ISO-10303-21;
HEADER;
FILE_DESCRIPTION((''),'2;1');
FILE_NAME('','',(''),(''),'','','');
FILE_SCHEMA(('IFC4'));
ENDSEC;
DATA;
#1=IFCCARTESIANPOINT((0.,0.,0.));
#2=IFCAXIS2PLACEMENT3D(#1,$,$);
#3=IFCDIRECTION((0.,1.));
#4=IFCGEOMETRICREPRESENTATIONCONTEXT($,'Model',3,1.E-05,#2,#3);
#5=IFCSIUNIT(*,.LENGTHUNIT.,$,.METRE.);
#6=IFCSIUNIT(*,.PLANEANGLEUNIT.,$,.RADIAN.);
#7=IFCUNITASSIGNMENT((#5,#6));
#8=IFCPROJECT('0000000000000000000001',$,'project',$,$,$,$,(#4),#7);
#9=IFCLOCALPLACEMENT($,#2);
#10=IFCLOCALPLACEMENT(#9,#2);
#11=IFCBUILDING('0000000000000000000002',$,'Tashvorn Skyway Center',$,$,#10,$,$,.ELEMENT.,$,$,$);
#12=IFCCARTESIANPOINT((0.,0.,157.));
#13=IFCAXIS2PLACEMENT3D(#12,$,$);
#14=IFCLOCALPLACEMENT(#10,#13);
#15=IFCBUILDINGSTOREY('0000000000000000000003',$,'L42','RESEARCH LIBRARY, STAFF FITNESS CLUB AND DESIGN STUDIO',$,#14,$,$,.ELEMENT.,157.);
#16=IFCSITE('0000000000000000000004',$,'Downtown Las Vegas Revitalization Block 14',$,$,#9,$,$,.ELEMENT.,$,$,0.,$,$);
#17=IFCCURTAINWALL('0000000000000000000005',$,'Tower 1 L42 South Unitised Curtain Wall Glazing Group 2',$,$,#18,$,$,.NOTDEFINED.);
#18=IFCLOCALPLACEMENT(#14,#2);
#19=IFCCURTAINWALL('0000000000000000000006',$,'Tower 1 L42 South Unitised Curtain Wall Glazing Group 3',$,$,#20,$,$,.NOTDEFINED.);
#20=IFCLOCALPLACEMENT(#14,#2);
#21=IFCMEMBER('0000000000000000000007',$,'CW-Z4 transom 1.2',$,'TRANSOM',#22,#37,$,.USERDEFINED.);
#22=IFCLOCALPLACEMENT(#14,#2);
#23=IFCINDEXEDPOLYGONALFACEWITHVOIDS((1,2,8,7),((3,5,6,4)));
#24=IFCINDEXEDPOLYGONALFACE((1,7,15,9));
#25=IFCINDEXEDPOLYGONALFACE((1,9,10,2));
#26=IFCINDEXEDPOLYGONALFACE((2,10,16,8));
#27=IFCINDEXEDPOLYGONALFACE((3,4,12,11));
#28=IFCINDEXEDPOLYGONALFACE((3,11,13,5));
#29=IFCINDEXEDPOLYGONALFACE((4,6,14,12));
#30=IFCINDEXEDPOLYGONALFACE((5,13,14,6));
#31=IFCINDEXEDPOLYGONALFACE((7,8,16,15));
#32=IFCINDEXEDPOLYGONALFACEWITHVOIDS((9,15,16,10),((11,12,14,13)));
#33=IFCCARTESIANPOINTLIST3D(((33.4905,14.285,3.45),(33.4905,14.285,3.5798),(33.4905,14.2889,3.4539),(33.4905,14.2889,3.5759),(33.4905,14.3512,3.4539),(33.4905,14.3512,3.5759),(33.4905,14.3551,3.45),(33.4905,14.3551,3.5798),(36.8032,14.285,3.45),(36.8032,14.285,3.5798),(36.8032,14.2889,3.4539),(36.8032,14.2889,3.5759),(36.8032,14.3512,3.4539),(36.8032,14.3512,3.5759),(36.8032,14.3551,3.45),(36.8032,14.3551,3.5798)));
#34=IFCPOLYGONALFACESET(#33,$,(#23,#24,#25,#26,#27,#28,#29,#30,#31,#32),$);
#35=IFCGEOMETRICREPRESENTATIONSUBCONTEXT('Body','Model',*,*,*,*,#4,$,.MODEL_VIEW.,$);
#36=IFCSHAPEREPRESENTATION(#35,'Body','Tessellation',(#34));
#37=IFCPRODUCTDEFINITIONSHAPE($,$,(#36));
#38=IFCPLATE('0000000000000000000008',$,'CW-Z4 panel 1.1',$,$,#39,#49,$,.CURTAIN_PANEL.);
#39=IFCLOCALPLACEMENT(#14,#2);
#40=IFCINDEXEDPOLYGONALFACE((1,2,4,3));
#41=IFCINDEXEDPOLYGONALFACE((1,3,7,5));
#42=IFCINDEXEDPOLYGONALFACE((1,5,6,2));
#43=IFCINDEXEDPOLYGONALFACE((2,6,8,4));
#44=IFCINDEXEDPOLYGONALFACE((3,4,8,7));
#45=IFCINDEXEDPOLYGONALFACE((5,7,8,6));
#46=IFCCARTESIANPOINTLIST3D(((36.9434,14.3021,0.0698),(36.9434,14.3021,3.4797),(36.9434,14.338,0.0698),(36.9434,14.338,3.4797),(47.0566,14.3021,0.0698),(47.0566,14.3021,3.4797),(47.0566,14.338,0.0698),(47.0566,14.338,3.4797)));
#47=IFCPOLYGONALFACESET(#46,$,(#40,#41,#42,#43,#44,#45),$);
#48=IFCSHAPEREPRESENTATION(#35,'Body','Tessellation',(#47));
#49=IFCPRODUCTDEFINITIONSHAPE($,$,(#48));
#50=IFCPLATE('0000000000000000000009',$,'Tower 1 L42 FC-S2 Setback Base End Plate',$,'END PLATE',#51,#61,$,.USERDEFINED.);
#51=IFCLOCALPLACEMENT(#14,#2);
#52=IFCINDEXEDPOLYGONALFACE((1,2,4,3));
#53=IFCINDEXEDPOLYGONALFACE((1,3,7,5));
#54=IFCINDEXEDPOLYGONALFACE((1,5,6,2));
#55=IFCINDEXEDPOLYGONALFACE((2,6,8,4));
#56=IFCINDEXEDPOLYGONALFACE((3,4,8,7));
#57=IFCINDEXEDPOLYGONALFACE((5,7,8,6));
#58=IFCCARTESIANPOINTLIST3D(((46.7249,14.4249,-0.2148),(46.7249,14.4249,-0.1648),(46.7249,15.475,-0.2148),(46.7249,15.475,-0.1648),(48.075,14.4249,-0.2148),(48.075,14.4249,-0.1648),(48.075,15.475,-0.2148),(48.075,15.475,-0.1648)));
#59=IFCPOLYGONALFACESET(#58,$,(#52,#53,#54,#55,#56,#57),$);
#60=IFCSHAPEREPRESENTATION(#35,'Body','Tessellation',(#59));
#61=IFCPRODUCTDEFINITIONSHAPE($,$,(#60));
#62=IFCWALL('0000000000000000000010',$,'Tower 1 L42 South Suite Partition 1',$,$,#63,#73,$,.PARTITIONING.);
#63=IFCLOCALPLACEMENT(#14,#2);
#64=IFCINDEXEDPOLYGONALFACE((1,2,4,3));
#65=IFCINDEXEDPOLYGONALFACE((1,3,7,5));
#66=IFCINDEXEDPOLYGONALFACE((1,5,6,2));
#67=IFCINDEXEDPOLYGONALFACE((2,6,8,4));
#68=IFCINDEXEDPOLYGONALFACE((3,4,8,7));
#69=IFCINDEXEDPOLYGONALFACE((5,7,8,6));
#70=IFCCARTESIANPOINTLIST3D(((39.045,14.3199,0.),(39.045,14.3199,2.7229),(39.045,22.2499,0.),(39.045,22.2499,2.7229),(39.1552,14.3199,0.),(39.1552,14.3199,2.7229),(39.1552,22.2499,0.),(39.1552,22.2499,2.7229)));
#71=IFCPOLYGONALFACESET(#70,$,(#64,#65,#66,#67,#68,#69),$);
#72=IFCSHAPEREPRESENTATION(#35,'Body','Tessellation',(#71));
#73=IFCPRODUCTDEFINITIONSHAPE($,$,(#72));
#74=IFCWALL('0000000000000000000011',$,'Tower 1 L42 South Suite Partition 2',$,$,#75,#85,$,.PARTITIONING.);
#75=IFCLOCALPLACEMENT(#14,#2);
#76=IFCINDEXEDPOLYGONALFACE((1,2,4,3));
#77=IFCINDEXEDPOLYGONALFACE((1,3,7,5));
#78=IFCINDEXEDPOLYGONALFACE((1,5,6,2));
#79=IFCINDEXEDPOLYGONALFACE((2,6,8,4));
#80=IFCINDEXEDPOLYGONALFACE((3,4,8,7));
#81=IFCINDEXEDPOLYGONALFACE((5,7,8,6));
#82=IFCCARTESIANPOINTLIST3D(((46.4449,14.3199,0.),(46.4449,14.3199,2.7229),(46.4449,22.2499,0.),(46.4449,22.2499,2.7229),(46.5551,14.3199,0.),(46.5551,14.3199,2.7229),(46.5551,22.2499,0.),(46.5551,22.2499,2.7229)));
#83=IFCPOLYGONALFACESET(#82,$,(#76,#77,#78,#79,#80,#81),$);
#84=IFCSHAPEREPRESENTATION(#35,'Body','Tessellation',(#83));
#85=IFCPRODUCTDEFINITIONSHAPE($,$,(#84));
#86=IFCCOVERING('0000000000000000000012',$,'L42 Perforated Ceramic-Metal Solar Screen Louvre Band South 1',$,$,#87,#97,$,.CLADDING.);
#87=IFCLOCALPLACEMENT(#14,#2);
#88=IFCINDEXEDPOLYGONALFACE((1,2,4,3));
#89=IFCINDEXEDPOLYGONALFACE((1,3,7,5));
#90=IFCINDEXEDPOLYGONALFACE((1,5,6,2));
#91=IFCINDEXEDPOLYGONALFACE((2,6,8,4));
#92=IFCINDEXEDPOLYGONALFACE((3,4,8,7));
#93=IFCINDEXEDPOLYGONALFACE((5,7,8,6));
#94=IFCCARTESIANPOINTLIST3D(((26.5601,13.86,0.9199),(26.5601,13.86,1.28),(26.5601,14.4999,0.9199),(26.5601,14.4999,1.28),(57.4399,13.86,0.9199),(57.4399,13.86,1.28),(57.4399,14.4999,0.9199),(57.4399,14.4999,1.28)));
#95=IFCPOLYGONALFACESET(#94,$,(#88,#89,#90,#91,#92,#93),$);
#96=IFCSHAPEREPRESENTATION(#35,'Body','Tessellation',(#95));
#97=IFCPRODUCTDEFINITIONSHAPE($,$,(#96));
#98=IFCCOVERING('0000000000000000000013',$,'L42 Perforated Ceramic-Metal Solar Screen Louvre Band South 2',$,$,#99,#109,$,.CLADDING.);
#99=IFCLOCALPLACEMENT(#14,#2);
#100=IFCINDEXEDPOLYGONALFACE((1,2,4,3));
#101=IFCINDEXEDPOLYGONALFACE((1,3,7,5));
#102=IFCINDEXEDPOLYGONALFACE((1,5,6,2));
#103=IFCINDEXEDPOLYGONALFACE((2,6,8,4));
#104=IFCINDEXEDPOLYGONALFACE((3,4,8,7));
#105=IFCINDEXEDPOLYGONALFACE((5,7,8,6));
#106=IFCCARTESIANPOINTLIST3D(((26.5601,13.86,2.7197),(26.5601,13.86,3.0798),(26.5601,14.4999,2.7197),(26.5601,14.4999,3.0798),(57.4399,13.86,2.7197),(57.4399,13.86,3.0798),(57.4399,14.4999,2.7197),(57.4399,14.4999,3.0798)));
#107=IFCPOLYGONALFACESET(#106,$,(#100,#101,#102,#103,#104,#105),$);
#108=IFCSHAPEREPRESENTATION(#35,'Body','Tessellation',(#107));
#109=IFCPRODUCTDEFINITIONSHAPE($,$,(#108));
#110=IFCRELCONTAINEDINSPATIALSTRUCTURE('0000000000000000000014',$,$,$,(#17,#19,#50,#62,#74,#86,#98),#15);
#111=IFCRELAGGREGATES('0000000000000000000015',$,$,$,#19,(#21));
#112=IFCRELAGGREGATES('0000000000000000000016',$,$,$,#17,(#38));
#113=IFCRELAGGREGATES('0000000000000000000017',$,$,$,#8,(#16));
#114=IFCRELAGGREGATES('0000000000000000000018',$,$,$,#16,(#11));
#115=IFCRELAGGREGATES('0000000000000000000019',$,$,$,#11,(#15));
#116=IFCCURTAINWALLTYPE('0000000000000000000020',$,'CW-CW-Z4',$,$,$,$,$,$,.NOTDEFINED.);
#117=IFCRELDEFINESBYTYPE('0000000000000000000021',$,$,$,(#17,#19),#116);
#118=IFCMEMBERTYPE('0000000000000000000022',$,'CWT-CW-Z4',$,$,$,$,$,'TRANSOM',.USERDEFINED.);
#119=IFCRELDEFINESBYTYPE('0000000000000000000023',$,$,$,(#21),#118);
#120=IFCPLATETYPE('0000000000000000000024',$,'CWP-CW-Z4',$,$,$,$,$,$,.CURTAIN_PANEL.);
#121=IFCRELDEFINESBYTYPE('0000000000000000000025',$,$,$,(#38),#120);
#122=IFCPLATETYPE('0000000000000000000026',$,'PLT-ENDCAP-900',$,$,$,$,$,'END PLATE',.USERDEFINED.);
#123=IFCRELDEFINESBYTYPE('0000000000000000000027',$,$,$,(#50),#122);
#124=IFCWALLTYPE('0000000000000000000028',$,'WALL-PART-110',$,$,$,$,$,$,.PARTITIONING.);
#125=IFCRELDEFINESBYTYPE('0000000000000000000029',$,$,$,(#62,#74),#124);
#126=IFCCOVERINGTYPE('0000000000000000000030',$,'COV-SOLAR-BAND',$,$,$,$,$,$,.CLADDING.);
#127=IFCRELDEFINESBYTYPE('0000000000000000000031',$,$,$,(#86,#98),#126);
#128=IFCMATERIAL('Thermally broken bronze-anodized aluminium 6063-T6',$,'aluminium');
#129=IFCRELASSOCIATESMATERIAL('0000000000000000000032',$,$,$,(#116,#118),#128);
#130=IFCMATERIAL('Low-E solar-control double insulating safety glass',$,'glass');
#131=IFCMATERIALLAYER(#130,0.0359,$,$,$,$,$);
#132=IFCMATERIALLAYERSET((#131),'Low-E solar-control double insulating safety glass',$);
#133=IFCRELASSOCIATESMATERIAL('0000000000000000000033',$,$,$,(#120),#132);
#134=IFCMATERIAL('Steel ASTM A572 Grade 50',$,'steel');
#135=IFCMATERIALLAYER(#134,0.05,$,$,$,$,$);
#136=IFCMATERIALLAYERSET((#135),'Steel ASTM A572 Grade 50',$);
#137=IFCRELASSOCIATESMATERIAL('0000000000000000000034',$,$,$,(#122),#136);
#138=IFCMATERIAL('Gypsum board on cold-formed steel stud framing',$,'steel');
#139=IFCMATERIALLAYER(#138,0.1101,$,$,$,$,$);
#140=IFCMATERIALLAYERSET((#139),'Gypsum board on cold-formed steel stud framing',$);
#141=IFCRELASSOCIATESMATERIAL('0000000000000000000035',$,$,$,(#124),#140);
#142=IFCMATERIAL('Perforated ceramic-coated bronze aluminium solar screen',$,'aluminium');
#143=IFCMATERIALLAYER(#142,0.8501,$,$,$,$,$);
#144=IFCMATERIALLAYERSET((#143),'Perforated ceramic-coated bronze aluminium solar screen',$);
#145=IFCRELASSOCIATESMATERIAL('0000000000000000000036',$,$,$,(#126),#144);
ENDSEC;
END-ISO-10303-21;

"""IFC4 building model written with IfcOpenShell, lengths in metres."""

from ifc_helpers import new_model, si_unit, direction, frame, frame_2d, origin, origin_2d, place, context, subcontext, project, spatial, rectangle, hollow_rectangle, extrude, material, layer, layer_set, material_profile, profile_set, type_object, element, aggregate, save


model = new_model("IFC4")

# Units and contexts
model_context = context("Model", 3, precision=1e-05, world=origin(), true_north=direction((0.0, 1.0)))
body_context = subcontext(model_context, "Body", "Model", "MODEL_VIEW")
ifc_project = project(units=[si_unit("LENGTHUNIT", "METRE"), si_unit("PLANEANGLEUNIT", "RADIAN")], contexts=[model_context])

# Site, building, storey
site_placement = place(None, origin())
site = spatial("IfcSite", under=ifc_project, at=site_placement, Name="Downtown Las Vegas Revitalization Block 14", CompositionType="ELEMENT", RefElevation=0.0)
building_placement = place(site_placement, origin())
building = spatial("IfcBuilding", under=site, at=building_placement, Name="Tashvorn Skyway Center", CompositionType="ELEMENT")
storey_placement = place(building_placement, frame((0.0, 0.0, 157.0)))
storey = spatial("IfcBuildingStorey", under=building, at=storey_placement, Name="L42", Description="RESEARCH LIBRARY, STAFF FITNESS CLUB AND DESIGN STUDIO", CompositionType="ELEMENT", Elevation=157.0)

# Shared definitions
ifc_material_1 = material(Name="Steel ASTM A572 Grade 50", Category="steel")

# Shared definitions
ifc_material_2 = material(Name="Thermally broken bronze-anodized aluminium 6063-T6", Category="aluminium")
curtain_wall_type = type_object("IfcCurtainWallType", Name="CW-CW-Z4", PredefinedType="NOTDEFINED", material=ifc_material_2)

# Curtain wall
curtain_wall_1_placement = place(storey_placement, origin())
curtain_wall_1 = element("IfcCurtainWall", 1, at=curtain_wall_1_placement, inside=storey, type_object=curtain_wall_type, Name="Tower 1 L42 South Unitised Curtain Wall Glazing Group 2", PredefinedType="NOTDEFINED")

# Curtain wall
curtain_wall_2_placement = place(storey_placement, origin())
curtain_wall_2 = element("IfcCurtainWall", 2, at=curtain_wall_2_placement, inside=storey, type_object=curtain_wall_type, Name="Tower 1 L42 South Unitised Curtain Wall Glazing Group 3", PredefinedType="NOTDEFINED")

# Member
ifc_material_profile_1 = material_profile(ifc_material_2, hollow_rectangle(XDim=0.0701, YDim=0.1299, WallThickness=0.0039, at=origin_2d()), Name="ALU-TRAN-70x130")
ifc_profile_set_1 = profile_set([ifc_material_profile_1], Name="Thermally broken bronze-anodized aluminium 6063-T6")
member_type_1 = type_object("IfcMemberType", Name="CWT-CW-Z4", ElementType="TRANSOM", PredefinedType="USERDEFINED", material=ifc_profile_set_1)
member_1_placement = place(storey_placement, frame((36.8032, 14.3201, 3.5149), z_axis=(-1.0, 0.0, 0.0), x_axis=(0.0, -1.0, 0.0)))
member_1 = element("IfcMember", 3, at=member_1_placement, type_object=member_type_1, Name="CW-Z4 transom 1.2", ObjectType="TRANSOM", PredefinedType="USERDEFINED", context=body_context, shape_type="SweptSolid", body=[
    extrude(hollow_rectangle(XDim=0.0701, YDim=0.1299, WallThickness=0.0039, at=origin_2d()), origin(), (0.0, 0.0, 1.0), 3.3127),
])
aggregate(curtain_wall_2, [member_1])

# Plates
ifc_material_3 = material(Name="Low-E solar-control double insulating safety glass", Category="glass")
ifc_layer_1 = layer(ifc_material_3, 0.0359)
ifc_layer_set_1 = layer_set([ifc_layer_1], Name="Low-E solar-control double insulating safety glass")
plate_type_1 = type_object("IfcPlateType", Name="CWP-CW-Z4", PredefinedType="CURTAIN_PANEL", material=ifc_layer_set_1)
plate_1_placement = place(storey_placement, frame((42.0, 14.3201, 0.0698), z_axis=(0.0, 0.0, 1.0), x_axis=(-1.0, 0.0, 0.0)))
plate_1 = element("IfcPlate", 4, at=plate_1_placement, type_object=plate_type_1, Name="CW-Z4 panel 1.1", PredefinedType="CURTAIN_PANEL", context=body_context, shape_type="SweptSolid", body=[
    extrude(rectangle(XDim=10.1133, YDim=0.0359, at=origin_2d()), origin(), (0.0, 0.0, 1.0), 3.4099),
])
aggregate(curtain_wall_1, [plate_1])
ifc_layer_2 = layer(ifc_material_1, 0.05)
ifc_layer_set_2 = layer_set([ifc_layer_2], Name="Steel ASTM A572 Grade 50")
plate_type_2 = type_object("IfcPlateType", Name="PLT-ENDCAP-900", ElementType="END PLATE", PredefinedType="USERDEFINED", material=ifc_layer_set_2)
plate_2_placement = place(storey_placement, frame((47.3999, 14.95, -0.2148), z_axis=(0.0, 0.0, 1.0), x_axis=(1.0, 0.0, 0.0)))
element("IfcPlate", 5, at=plate_2_placement, inside=storey, type_object=plate_type_2, Name="Tower 1 L42 FC-S2 Setback Base End Plate", ObjectType="END PLATE", PredefinedType="USERDEFINED", context=body_context, shape_type="SweptSolid", body=[
    extrude(rectangle(XDim=1.3501, YDim=1.05, at=origin_2d()), origin(), (0.0, 0.0, 1.0), 0.05),
])

# Walls
ifc_material_4 = material(Name="Gypsum board on cold-formed steel stud framing", Category="steel")
ifc_layer_3 = layer(ifc_material_4, 0.1101)
ifc_layer_set_3 = layer_set([ifc_layer_3], Name="Gypsum board on cold-formed steel stud framing")
wall_type = type_object("IfcWallType", Name="WALL-PART-110", PredefinedType="PARTITIONING", material=ifc_layer_set_3)
for number, where, z_axis, x_axis, name in (
    (6, (39.1001, 14.3201, 0.0), (0.0, 0.0, 1.0), (0.0, 1.0, 0.0), "Tower 1 L42 South Suite Partition 1"),
    (7, (46.5, 14.3201, 0.0), (0.0, 0.0, 1.0), (0.0, 1.0, 0.0), "Tower 1 L42 South Suite Partition 2"),
):
    element("IfcWall", number, at=place(storey_placement, frame(where, z_axis=z_axis, x_axis=x_axis)), inside=storey, type_object=wall_type, Name=name, PredefinedType="PARTITIONING", context=body_context, shape_type="SweptSolid", body=[
        extrude(rectangle(XDim=7.9299, YDim=0.1101, at=frame_2d((3.9648, 0.0))), origin(), (0.0, 0.0, 1.0), 2.7229),
    ])

# Coverings
ifc_material_5 = material(Name="Perforated ceramic-coated bronze aluminium solar screen", Category="aluminium")
ifc_layer_4 = layer(ifc_material_5, 0.8501)
ifc_layer_set_4 = layer_set([ifc_layer_4], Name="Perforated ceramic-coated bronze aluminium solar screen")
covering_type = type_object("IfcCoveringType", Name="COV-SOLAR-BAND", PredefinedType="CLADDING", material=ifc_layer_set_4)
for number, where, z_axis, x_axis, name in (
    (8, (42.0, 14.1799, 0.9199), (0.0, 0.0, 1.0), (-1.0, 0.0, 0.0), "L42 Perforated Ceramic-Metal Solar Screen Louvre Band South 1"),
    (9, (42.0, 14.1799, 2.7197), (0.0, 0.0, 1.0), (-1.0, 0.0, 0.0), "L42 Perforated Ceramic-Metal Solar Screen Louvre Band South 2"),
):
    element("IfcCovering", number, at=place(storey_placement, frame(where, z_axis=z_axis, x_axis=x_axis)), inside=storey, type_object=covering_type, Name=name, PredefinedType="CLADDING", context=body_context, shape_type="SweptSolid", body=[
        extrude(rectangle(XDim=30.8799, YDim=0.6399, at=origin_2d()), origin(), (0.0, 0.0, 1.0), 0.3601),
    ])

save(model, "model.ifc")
